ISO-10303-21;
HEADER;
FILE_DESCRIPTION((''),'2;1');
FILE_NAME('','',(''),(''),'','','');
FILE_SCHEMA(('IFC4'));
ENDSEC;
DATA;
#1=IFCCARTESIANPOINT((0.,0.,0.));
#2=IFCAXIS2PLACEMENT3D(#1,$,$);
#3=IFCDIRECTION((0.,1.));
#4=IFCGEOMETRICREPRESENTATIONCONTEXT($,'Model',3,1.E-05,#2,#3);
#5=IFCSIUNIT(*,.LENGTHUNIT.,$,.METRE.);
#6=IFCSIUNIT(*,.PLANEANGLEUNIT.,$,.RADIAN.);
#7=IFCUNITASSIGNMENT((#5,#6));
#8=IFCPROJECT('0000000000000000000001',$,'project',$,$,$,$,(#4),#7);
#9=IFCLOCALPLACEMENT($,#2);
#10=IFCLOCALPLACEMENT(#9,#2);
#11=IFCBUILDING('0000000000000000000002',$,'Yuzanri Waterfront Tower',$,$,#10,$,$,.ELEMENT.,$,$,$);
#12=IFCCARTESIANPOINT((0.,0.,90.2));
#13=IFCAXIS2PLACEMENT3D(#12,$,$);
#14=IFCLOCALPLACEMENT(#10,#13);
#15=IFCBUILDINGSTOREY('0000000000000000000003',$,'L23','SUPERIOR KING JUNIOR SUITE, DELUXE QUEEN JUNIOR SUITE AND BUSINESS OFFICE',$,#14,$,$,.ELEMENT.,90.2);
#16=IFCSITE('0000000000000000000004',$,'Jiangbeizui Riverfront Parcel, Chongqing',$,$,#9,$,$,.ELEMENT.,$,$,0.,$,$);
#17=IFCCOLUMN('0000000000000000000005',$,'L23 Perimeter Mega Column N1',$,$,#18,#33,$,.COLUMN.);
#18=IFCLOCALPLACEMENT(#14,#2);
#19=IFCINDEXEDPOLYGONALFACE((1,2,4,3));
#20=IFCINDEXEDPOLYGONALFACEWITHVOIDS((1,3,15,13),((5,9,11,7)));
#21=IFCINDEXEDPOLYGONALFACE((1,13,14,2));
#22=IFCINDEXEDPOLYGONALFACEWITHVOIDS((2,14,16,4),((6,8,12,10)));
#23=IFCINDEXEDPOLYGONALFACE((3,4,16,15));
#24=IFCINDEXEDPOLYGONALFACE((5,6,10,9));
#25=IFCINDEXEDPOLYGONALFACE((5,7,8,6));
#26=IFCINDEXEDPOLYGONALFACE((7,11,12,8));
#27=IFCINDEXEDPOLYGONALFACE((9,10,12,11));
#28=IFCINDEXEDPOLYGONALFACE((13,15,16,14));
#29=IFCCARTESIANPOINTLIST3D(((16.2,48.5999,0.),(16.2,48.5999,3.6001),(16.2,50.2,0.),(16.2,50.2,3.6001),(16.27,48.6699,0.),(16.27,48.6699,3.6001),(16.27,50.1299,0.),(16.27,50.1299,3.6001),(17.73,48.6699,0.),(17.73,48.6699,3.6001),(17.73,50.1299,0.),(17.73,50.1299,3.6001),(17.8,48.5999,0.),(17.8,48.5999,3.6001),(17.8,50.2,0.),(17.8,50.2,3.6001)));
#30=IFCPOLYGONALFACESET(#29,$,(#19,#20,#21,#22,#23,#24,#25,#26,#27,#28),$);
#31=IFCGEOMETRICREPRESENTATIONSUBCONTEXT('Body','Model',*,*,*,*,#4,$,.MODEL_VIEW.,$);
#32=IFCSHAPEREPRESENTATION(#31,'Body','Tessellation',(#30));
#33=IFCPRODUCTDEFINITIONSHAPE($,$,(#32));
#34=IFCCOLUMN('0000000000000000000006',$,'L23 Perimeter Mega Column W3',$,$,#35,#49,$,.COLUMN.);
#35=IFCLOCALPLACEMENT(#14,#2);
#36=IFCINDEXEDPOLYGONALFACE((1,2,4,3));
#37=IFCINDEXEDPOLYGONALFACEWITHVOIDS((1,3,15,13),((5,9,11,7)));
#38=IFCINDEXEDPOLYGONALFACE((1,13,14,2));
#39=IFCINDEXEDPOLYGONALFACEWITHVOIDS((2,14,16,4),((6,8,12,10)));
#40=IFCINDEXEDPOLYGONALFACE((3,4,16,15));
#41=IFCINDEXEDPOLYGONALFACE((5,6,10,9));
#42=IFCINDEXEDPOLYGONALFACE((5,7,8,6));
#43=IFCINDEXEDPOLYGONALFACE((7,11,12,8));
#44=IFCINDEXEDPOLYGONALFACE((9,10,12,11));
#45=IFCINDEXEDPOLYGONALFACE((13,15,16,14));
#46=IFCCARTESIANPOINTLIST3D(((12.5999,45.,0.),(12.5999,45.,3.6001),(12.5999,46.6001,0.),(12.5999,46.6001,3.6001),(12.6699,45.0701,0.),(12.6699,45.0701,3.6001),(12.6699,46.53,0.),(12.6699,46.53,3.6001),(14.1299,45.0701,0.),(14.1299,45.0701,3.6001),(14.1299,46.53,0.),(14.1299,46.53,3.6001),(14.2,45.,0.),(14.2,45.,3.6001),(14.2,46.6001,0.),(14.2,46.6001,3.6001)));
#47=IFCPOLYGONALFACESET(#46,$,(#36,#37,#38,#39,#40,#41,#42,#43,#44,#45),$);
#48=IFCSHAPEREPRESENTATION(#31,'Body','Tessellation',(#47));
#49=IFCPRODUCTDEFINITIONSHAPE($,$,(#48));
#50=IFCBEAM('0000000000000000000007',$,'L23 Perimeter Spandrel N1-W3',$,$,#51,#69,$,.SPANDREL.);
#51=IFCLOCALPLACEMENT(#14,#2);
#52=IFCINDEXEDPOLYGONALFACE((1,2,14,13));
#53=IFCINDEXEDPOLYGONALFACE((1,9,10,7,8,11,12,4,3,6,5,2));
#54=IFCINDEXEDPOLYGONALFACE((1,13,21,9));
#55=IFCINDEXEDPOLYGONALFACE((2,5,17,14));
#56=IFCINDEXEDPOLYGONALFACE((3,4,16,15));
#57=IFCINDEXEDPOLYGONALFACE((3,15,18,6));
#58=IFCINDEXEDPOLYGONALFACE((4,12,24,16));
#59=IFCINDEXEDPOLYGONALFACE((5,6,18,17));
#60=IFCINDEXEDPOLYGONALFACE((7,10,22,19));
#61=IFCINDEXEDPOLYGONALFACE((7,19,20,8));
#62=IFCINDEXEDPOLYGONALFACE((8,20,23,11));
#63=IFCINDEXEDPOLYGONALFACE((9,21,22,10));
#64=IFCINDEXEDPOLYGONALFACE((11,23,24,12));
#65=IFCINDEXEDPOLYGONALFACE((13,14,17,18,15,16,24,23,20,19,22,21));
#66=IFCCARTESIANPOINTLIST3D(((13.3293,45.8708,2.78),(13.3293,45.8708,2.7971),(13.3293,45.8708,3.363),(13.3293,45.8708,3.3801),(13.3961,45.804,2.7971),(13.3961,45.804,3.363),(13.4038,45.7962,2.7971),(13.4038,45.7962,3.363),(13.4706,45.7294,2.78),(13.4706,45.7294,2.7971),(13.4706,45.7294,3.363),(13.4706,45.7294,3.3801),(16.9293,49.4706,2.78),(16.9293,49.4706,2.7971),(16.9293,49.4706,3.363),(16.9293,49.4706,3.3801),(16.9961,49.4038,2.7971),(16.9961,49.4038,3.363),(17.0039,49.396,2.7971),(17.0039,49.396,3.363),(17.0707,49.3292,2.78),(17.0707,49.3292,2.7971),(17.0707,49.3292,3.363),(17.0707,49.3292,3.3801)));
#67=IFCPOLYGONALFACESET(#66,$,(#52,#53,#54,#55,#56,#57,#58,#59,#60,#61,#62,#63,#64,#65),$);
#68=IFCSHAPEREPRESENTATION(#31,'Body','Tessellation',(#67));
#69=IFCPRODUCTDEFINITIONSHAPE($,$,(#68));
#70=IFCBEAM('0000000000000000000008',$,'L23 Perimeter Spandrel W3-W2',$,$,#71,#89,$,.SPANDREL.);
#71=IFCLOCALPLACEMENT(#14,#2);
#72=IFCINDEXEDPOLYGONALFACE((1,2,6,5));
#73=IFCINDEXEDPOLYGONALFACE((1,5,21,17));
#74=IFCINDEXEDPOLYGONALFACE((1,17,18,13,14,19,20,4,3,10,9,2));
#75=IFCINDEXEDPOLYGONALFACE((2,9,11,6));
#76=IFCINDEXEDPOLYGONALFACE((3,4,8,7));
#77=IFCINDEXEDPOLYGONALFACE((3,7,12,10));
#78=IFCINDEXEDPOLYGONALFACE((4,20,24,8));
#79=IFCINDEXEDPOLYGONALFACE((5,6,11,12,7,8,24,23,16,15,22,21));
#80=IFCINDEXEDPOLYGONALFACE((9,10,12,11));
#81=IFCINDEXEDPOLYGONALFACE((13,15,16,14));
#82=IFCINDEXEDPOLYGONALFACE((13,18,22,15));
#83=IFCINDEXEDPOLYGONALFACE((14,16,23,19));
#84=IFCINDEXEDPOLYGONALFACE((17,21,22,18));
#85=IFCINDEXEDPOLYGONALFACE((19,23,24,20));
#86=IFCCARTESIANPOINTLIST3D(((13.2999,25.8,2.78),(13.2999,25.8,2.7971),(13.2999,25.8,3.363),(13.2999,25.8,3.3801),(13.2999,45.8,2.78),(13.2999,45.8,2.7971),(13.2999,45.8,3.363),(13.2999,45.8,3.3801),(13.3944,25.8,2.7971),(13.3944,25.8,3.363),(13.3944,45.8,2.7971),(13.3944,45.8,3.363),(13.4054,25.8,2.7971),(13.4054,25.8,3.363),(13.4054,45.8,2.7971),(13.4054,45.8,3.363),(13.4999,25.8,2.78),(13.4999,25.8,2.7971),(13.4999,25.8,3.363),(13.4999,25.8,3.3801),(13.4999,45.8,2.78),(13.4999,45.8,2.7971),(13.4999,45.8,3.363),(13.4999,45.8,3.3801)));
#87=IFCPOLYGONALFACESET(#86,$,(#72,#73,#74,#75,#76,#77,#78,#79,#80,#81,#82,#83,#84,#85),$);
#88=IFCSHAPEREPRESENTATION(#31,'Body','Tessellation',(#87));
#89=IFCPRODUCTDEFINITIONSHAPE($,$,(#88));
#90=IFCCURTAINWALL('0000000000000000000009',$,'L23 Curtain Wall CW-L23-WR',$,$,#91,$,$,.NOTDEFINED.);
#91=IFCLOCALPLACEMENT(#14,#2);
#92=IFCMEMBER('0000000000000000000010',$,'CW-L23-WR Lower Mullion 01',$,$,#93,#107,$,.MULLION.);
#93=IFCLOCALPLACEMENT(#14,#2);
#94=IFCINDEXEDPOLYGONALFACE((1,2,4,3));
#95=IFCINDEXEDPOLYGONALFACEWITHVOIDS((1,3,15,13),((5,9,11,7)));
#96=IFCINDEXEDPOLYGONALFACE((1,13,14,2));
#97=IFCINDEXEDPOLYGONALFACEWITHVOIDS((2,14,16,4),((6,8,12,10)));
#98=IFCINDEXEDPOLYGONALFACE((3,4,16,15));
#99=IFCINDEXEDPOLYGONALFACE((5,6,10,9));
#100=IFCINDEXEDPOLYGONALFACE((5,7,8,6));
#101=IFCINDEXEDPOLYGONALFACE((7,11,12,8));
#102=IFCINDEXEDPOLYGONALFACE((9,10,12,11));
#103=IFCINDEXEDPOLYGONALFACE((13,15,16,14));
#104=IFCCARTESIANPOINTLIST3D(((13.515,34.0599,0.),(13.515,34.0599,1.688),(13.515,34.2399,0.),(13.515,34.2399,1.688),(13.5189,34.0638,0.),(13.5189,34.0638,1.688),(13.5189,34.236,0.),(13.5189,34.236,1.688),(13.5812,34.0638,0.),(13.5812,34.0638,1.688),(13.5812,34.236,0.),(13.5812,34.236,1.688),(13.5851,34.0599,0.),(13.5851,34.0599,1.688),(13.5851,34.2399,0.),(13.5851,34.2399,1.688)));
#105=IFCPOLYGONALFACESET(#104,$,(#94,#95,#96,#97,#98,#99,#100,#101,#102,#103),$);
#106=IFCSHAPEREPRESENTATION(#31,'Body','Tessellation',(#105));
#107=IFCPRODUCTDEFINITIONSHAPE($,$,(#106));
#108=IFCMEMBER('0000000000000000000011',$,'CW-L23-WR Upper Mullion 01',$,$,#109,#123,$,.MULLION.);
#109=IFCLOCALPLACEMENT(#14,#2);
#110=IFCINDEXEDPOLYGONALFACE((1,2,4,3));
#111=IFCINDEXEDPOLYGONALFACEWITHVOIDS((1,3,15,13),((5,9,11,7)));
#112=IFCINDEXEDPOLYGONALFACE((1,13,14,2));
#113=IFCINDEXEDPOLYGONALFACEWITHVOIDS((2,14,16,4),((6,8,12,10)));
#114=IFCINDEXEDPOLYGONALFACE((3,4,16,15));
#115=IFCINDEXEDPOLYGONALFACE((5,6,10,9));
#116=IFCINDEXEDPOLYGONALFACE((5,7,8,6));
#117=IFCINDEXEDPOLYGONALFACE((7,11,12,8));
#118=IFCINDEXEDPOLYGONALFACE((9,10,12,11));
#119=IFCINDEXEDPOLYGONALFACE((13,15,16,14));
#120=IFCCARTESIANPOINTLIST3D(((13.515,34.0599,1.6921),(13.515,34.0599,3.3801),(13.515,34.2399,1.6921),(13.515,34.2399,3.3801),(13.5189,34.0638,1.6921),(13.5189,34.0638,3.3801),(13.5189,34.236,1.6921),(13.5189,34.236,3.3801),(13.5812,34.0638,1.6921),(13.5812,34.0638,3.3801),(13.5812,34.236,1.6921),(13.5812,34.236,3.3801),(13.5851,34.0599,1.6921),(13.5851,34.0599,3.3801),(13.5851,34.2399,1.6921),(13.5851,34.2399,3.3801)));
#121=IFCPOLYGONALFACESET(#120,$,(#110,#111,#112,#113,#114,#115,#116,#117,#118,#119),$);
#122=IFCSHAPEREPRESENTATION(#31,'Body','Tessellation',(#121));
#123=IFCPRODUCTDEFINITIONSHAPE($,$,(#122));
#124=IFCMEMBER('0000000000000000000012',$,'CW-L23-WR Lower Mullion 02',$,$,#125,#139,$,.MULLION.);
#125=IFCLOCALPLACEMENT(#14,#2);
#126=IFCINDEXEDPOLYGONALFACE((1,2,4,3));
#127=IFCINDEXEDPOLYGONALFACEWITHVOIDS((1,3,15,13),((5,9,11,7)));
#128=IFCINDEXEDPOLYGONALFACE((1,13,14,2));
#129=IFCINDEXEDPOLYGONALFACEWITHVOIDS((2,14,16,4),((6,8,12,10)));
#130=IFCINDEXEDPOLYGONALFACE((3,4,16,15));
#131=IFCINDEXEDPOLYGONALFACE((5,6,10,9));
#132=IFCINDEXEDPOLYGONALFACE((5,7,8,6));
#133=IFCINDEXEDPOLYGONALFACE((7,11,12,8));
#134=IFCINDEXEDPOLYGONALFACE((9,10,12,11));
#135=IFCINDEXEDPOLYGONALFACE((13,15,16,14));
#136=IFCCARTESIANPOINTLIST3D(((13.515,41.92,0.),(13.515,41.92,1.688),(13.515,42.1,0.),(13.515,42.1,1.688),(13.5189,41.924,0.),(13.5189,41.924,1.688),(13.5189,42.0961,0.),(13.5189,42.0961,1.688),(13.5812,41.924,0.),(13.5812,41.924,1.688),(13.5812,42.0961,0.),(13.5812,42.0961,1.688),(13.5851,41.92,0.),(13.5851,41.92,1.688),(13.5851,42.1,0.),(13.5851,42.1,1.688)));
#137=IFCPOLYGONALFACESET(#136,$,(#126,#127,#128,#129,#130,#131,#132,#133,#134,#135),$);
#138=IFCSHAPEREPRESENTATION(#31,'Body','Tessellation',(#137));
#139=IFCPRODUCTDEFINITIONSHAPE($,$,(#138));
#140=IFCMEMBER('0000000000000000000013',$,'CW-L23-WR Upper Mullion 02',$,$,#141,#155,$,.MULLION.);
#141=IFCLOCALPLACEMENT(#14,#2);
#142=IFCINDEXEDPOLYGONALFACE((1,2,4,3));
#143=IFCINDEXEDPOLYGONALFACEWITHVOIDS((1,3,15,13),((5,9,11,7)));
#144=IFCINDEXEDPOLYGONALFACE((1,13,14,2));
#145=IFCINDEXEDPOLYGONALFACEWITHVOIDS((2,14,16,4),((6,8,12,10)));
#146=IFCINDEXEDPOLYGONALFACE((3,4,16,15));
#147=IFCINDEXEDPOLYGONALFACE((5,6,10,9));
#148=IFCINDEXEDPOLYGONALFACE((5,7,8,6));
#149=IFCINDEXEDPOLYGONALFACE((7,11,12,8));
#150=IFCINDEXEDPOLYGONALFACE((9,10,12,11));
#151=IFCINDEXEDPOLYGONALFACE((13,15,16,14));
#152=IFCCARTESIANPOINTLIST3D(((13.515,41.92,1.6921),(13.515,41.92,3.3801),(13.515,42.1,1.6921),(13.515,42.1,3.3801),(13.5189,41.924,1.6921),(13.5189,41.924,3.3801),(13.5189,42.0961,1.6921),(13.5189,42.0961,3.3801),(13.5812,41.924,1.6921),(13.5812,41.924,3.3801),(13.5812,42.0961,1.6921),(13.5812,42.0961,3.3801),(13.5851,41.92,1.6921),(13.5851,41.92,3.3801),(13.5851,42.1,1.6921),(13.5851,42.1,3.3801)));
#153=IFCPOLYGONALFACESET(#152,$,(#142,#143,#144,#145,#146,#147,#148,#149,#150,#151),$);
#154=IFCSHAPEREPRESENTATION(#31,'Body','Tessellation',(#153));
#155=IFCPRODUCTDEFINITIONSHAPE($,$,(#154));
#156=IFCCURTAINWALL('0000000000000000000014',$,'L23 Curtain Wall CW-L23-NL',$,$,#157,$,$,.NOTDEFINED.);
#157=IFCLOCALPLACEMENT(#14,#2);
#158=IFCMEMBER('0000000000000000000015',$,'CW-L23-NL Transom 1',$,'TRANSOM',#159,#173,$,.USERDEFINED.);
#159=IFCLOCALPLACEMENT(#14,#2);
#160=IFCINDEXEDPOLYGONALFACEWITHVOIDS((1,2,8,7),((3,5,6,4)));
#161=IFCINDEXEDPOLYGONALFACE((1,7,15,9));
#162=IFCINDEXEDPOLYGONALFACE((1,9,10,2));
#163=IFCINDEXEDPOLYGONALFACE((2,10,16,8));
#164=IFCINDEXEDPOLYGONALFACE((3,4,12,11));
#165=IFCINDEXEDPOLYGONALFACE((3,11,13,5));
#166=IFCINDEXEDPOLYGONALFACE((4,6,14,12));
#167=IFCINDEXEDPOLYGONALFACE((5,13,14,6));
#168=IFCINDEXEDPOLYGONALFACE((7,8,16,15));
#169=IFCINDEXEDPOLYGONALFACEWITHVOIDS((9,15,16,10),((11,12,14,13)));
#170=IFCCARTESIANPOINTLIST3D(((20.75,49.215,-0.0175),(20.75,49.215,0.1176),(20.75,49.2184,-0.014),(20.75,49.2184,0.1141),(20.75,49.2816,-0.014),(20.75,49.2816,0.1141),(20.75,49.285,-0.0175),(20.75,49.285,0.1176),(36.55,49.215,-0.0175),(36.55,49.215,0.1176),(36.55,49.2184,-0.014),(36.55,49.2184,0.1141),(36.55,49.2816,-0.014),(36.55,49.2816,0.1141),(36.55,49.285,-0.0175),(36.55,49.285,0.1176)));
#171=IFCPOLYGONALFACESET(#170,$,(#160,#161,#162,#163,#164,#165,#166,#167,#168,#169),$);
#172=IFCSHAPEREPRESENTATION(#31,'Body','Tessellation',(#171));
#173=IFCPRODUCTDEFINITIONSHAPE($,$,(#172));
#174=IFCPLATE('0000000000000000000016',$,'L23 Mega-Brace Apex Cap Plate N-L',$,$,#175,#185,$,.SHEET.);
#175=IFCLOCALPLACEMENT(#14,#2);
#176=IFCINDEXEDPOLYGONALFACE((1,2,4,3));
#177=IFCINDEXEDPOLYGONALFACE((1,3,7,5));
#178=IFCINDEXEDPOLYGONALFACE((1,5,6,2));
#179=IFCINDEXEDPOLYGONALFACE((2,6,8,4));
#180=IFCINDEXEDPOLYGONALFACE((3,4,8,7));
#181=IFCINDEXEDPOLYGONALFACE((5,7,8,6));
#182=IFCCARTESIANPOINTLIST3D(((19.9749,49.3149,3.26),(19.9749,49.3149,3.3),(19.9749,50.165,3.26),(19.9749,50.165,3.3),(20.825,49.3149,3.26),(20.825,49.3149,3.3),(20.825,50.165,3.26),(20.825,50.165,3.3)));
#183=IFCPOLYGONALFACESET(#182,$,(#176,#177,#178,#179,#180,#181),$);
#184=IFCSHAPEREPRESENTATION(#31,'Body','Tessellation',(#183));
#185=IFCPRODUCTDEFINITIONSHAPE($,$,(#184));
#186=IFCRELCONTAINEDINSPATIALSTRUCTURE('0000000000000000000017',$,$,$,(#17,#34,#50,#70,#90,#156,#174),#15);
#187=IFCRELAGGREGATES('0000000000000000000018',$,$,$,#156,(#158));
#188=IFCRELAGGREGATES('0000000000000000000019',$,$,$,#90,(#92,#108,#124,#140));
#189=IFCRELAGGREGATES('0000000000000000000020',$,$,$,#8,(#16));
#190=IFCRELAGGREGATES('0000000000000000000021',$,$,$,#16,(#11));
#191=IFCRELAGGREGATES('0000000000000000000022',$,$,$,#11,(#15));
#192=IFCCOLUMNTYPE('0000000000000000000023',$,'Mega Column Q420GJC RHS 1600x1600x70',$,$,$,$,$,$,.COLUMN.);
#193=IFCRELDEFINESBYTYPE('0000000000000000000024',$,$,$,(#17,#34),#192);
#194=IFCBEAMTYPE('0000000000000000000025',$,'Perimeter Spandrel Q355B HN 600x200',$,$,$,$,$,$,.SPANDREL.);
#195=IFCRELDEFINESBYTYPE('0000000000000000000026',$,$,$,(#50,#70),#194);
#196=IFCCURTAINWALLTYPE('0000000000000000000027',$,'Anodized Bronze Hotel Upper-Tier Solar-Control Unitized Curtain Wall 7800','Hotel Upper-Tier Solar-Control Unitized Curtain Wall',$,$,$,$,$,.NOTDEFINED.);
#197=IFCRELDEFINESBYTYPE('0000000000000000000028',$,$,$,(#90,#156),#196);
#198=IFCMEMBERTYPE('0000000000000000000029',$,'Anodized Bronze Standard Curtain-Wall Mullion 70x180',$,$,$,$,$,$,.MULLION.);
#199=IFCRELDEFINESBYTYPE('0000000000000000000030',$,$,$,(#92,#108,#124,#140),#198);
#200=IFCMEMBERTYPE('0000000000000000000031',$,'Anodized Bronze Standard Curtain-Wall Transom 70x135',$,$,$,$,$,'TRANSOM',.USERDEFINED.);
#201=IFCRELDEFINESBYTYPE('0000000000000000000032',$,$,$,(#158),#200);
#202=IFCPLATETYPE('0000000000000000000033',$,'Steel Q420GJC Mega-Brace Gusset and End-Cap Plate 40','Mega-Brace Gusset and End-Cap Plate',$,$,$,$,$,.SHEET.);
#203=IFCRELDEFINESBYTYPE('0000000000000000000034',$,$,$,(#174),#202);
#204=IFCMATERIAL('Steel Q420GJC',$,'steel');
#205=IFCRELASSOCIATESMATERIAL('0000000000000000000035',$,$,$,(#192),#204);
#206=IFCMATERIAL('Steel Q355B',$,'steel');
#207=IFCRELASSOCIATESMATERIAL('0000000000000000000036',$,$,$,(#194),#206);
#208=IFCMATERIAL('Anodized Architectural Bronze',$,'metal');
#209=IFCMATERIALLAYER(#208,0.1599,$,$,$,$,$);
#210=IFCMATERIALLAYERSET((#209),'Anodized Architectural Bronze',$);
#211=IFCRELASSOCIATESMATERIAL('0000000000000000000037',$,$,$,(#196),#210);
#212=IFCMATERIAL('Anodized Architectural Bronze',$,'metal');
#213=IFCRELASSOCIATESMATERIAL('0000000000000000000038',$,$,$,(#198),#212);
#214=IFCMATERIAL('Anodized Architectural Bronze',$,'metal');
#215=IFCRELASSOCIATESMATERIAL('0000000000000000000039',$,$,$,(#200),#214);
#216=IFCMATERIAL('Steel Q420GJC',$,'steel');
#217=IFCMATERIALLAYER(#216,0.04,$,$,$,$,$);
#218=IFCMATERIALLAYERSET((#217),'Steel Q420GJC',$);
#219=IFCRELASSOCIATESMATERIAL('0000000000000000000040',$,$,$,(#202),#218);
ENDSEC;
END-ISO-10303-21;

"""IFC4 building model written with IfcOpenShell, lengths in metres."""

from ifc_helpers import new_model, si_unit, direction, frame, origin, origin_2d, place, context, subcontext, project, spatial, rectangle, hollow_rectangle, i_section, extrude, source, transform, mapped, material, layer, layer_set, material_profile, profile_set, type_object, element, aggregate, save


model = new_model("IFC4")

# Units and contexts
model_context = context("Model", 3, precision=1e-05, world=origin(), true_north=direction((0.0, 1.0)))
body_context = subcontext(model_context, "Body", "Model", "MODEL_VIEW")
ifc_project = project(units=[si_unit("LENGTHUNIT", "METRE"), si_unit("PLANEANGLEUNIT", "RADIAN")], contexts=[model_context])

# Site, building, storey
site_placement = place(None, origin())
site = spatial("IfcSite", under=ifc_project, at=site_placement, Name="Jiangbeizui Riverfront Parcel, Chongqing", CompositionType="ELEMENT", RefElevation=0.0)
building_placement = place(site_placement, origin())
building = spatial("IfcBuilding", under=site, at=building_placement, Name="Yuzanri Waterfront Tower", CompositionType="ELEMENT")
storey_placement = place(building_placement, frame((0.0, 0.0, 90.2)))
storey = spatial("IfcBuildingStorey", under=building, at=storey_placement, Name="L23", Description="SUPERIOR KING JUNIOR SUITE, DELUXE QUEEN JUNIOR SUITE AND BUSINESS OFFICE", CompositionType="ELEMENT", Elevation=90.2)

# Columns
ifc_material_1 = material(Name="Steel Q420GJC", Category="steel")
ifc_material_profile_1 = material_profile(ifc_material_1, hollow_rectangle(XDim=1.6001, YDim=1.6001, WallThickness=0.0701, at=origin_2d()), Name="RHS 1600x1600x70")
ifc_profile_set_1 = profile_set([ifc_material_profile_1], Name="Steel Q420GJC")
column_type = type_object("IfcColumnType", Name="Mega Column Q420GJC RHS 1600x1600x70", PredefinedType="COLUMN", material=ifc_profile_set_1)
shared_shape_1 = source(origin(), body_context, "Body", "SweptSolid", [
    extrude(hollow_rectangle(XDim=1.6001, YDim=1.6001, WallThickness=0.0701, at=origin_2d()), origin(), (0.0, 0.0, 1.0), 3.6001),
])
for number, where, z_axis, x_axis, name in (
    (1, (17.0, 49.3999, 0.0), (0.0, 0.0, 1.0), (1.0, 0.0, 0.0), "L23 Perimeter Mega Column N1"),
    (2, (13.3999, 45.8, 0.0), (0.0, 0.0, 1.0), (1.0, 0.0, 0.0), "L23 Perimeter Mega Column W3"),
):
    element("IfcColumn", number, at=place(storey_placement, frame(where, z_axis=z_axis, x_axis=x_axis)), inside=storey, type_object=column_type, Name=name, PredefinedType="COLUMN", context=body_context, shape_type="MappedRepresentation", body=[
        mapped(shared_shape_1, transform((0.0, 0.0, 0.0), scale=1.0)),
    ])

# Beams
ifc_material_2 = material(Name="Steel Q355B", Category="steel")
ifc_material_profile_2 = material_profile(ifc_material_2, i_section(OverallWidth=0.2, OverallDepth=0.6001, WebThickness=0.011, FlangeThickness=0.0171, at=origin_2d()), Name="HN 600x200x11x17")
ifc_profile_set_2 = profile_set([ifc_material_profile_2], Name="Steel Q355B")
beam_type = type_object("IfcBeamType", Name="Perimeter Spandrel Q355B HN 600x200", PredefinedType="SPANDREL", material=ifc_profile_set_2)
shared_shape_2 = source(origin(), body_context, "Body", "SweptSolid", [
    extrude(i_section(OverallWidth=0.2, OverallDepth=0.6001, WebThickness=0.011, FlangeThickness=0.0171, at=origin_2d()), origin(), (0.0, 0.0, 1.0), 5.0911),
])
beam_1_placement = place(storey_placement, frame((17.0, 49.3999, 3.0801), z_axis=(-0.707131, -0.707083, 0.0), x_axis=(0.707083, -0.707131, 0.0)))
element("IfcBeam", 3, at=beam_1_placement, inside=storey, type_object=beam_type, Name="L23 Perimeter Spandrel N1-W3", PredefinedType="SPANDREL", context=body_context, shape_type="MappedRepresentation", body=[
    mapped(shared_shape_2, transform((0.0, 0.0, 0.0), scale=1.0)),
])
shared_shape_3 = source(origin(), body_context, "Body", "SweptSolid", [
    extrude(i_section(OverallWidth=0.2, OverallDepth=0.6001, WebThickness=0.011, FlangeThickness=0.0171, at=origin_2d()), origin(), (0.0, 0.0, 1.0), 20.0),
])
beam_2_placement = place(storey_placement, frame((13.3999, 45.8, 3.0801), z_axis=(0.0, -1.0, 0.0), x_axis=(1.0, 0.0, 0.0)))
element("IfcBeam", 4, at=beam_2_placement, inside=storey, type_object=beam_type, Name="L23 Perimeter Spandrel W3-W2", PredefinedType="SPANDREL", context=body_context, shape_type="MappedRepresentation", body=[
    mapped(shared_shape_3, transform((0.0, 0.0, 0.0), scale=1.0)),
])

# Curtain wall, members
ifc_material_3 = material(Name="Anodized Architectural Bronze", Category="metal")
ifc_layer_1 = layer(ifc_material_3, 0.1599)
ifc_layer_set_1 = layer_set([ifc_layer_1], Name="Anodized Architectural Bronze")
curtain_wall_type = type_object("IfcCurtainWallType", Name="Anodized Bronze Hotel Upper-Tier Solar-Control Unitized Curtain Wall 7800", Description="Hotel Upper-Tier Solar-Control Unitized Curtain Wall", PredefinedType="NOTDEFINED", material=ifc_layer_set_1)
curtain_wall_1_placement = place(storey_placement, origin())
curtain_wall_1 = element("IfcCurtainWall", 5, at=curtain_wall_1_placement, inside=storey, type_object=curtain_wall_type, Name="L23 Curtain Wall CW-L23-WR", PredefinedType="NOTDEFINED")
ifc_material_4 = material(Name="Anodized Architectural Bronze", Category="metal")
ifc_material_profile_3 = material_profile(ifc_material_4, hollow_rectangle(XDim=0.0701, YDim=0.1799, WallThickness=0.0039, at=origin_2d()), Name="CWM 70x180")
ifc_profile_set_3 = profile_set([ifc_material_profile_3], Name="Anodized Architectural Bronze")
member_type_1 = type_object("IfcMemberType", Name="Anodized Bronze Standard Curtain-Wall Mullion 70x180", PredefinedType="MULLION", material=ifc_profile_set_3)
shared_shape_4 = source(origin(), body_context, "Body", "SweptSolid", [
    extrude(hollow_rectangle(XDim=0.0701, YDim=0.1799, WallThickness=0.0039, at=origin_2d()), origin(), (0.0, 0.0, 1.0), 1.688),
])
member_1_placement = place(storey_placement, frame((13.55, 34.1499, 0.0), z_axis=(0.0, 0.0, 1.0), x_axis=(1.0, 0.0, 0.0)))
member_1 = element("IfcMember", 6, at=member_1_placement, type_object=member_type_1, Name="CW-L23-WR Lower Mullion 01", PredefinedType="MULLION", context=body_context, shape_type="MappedRepresentation", body=[
    mapped(shared_shape_4, transform((0.0, 0.0, 0.0), scale=1.0)),
])
member_2_placement = place(storey_placement, frame((13.55, 34.1499, 1.6921), z_axis=(0.0, 0.0, 1.0), x_axis=(1.0, 0.0, 0.0)))
member_2 = element("IfcMember", 7, at=member_2_placement, type_object=member_type_1, Name="CW-L23-WR Upper Mullion 01", PredefinedType="MULLION", context=body_context, shape_type="MappedRepresentation", body=[
    mapped(shared_shape_4, transform((0.0, 0.0, 0.0), scale=1.0)),
])
member_3_placement = place(storey_placement, frame((13.55, 42.01, 0.0), z_axis=(0.0, 0.0, 1.0), x_axis=(1.0, 0.0, 0.0)))
member_3 = element("IfcMember", 8, at=member_3_placement, type_object=member_type_1, Name="CW-L23-WR Lower Mullion 02", PredefinedType="MULLION", context=body_context, shape_type="MappedRepresentation", body=[
    mapped(shared_shape_4, transform((0.0, 0.0, 0.0), scale=1.0)),
])
member_4_placement = place(storey_placement, frame((13.55, 42.01, 1.6921), z_axis=(0.0, 0.0, 1.0), x_axis=(1.0, 0.0, 0.0)))
member_4 = element("IfcMember", 9, at=member_4_placement, type_object=member_type_1, Name="CW-L23-WR Upper Mullion 02", PredefinedType="MULLION", context=body_context, shape_type="MappedRepresentation", body=[
    mapped(shared_shape_4, transform((0.0, 0.0, 0.0), scale=1.0)),
])

# Curtain wall, member
curtain_wall_2_placement = place(storey_placement, origin())
curtain_wall_2 = element("IfcCurtainWall", 10, at=curtain_wall_2_placement, inside=storey, type_object=curtain_wall_type, Name="L23 Curtain Wall CW-L23-NL", PredefinedType="NOTDEFINED")
ifc_material_5 = material(Name="Anodized Architectural Bronze", Category="metal")
ifc_material_profile_4 = material_profile(ifc_material_5, hollow_rectangle(XDim=0.0701, YDim=0.135, WallThickness=0.0034, at=origin_2d()), Name="CWT 70x135")
ifc_profile_set_4 = profile_set([ifc_material_profile_4], Name="Anodized Architectural Bronze")
member_type_2 = type_object("IfcMemberType", Name="Anodized Bronze Standard Curtain-Wall Transom 70x135", ElementType="TRANSOM", PredefinedType="USERDEFINED", material=ifc_profile_set_4)
shared_shape_5 = source(origin(), body_context, "Body", "SweptSolid", [
    extrude(hollow_rectangle(XDim=0.0701, YDim=0.135, WallThickness=0.0034, at=origin_2d()), origin(), (0.0, 0.0, 1.0), 15.8),
])
member_5_placement = place(storey_placement, frame((20.75, 49.25, 0.05), z_axis=(1.0, 0.0, 0.0), x_axis=(0.0, 1.0, 0.0)))
member_5 = element("IfcMember", 11, at=member_5_placement, type_object=member_type_2, Name="CW-L23-NL Transom 1", ObjectType="TRANSOM", PredefinedType="USERDEFINED", context=body_context, shape_type="MappedRepresentation", body=[
    mapped(shared_shape_5, transform((0.0, 0.0, 0.0), scale=1.0)),
])
aggregate(curtain_wall_2, [member_5])

# Plate
ifc_material_6 = material(Name="Steel Q420GJC", Category="steel")
ifc_layer_2 = layer(ifc_material_6, 0.04)
ifc_layer_set_2 = layer_set([ifc_layer_2], Name="Steel Q420GJC")
plate_type_1 = type_object("IfcPlateType", Name="Steel Q420GJC Mega-Brace Gusset and End-Cap Plate 40", Description="Mega-Brace Gusset and End-Cap Plate", PredefinedType="SHEET", material=ifc_layer_set_2)
shared_shape_6 = source(origin(), body_context, "Body", "SweptSolid", [
    extrude(rectangle(XDim=0.8501, YDim=0.8501, at=origin_2d()), origin(), (0.0, 0.0, 1.0), 0.04),
])
for number, where, z_axis, x_axis, name in (
    (12, (20.3999, 49.74, 3.26), (0.0, 0.0, 1.0), (1.0, 0.0, 0.0), "L23 Mega-Brace Apex Cap Plate N-L"),
):
    element("IfcPlate", number, at=place(storey_placement, frame(where, z_axis=z_axis, x_axis=x_axis)), inside=storey, type_object=plate_type_1, Name=name, PredefinedType="SHEET", context=body_context, shape_type="MappedRepresentation", body=[
        mapped(shared_shape_6, transform((0.0, 0.0, 0.0), scale=1.0)),
    ])

aggregate(curtain_wall_1, [member_1, member_2, member_3, member_4])

save(model, "model.ifc")
